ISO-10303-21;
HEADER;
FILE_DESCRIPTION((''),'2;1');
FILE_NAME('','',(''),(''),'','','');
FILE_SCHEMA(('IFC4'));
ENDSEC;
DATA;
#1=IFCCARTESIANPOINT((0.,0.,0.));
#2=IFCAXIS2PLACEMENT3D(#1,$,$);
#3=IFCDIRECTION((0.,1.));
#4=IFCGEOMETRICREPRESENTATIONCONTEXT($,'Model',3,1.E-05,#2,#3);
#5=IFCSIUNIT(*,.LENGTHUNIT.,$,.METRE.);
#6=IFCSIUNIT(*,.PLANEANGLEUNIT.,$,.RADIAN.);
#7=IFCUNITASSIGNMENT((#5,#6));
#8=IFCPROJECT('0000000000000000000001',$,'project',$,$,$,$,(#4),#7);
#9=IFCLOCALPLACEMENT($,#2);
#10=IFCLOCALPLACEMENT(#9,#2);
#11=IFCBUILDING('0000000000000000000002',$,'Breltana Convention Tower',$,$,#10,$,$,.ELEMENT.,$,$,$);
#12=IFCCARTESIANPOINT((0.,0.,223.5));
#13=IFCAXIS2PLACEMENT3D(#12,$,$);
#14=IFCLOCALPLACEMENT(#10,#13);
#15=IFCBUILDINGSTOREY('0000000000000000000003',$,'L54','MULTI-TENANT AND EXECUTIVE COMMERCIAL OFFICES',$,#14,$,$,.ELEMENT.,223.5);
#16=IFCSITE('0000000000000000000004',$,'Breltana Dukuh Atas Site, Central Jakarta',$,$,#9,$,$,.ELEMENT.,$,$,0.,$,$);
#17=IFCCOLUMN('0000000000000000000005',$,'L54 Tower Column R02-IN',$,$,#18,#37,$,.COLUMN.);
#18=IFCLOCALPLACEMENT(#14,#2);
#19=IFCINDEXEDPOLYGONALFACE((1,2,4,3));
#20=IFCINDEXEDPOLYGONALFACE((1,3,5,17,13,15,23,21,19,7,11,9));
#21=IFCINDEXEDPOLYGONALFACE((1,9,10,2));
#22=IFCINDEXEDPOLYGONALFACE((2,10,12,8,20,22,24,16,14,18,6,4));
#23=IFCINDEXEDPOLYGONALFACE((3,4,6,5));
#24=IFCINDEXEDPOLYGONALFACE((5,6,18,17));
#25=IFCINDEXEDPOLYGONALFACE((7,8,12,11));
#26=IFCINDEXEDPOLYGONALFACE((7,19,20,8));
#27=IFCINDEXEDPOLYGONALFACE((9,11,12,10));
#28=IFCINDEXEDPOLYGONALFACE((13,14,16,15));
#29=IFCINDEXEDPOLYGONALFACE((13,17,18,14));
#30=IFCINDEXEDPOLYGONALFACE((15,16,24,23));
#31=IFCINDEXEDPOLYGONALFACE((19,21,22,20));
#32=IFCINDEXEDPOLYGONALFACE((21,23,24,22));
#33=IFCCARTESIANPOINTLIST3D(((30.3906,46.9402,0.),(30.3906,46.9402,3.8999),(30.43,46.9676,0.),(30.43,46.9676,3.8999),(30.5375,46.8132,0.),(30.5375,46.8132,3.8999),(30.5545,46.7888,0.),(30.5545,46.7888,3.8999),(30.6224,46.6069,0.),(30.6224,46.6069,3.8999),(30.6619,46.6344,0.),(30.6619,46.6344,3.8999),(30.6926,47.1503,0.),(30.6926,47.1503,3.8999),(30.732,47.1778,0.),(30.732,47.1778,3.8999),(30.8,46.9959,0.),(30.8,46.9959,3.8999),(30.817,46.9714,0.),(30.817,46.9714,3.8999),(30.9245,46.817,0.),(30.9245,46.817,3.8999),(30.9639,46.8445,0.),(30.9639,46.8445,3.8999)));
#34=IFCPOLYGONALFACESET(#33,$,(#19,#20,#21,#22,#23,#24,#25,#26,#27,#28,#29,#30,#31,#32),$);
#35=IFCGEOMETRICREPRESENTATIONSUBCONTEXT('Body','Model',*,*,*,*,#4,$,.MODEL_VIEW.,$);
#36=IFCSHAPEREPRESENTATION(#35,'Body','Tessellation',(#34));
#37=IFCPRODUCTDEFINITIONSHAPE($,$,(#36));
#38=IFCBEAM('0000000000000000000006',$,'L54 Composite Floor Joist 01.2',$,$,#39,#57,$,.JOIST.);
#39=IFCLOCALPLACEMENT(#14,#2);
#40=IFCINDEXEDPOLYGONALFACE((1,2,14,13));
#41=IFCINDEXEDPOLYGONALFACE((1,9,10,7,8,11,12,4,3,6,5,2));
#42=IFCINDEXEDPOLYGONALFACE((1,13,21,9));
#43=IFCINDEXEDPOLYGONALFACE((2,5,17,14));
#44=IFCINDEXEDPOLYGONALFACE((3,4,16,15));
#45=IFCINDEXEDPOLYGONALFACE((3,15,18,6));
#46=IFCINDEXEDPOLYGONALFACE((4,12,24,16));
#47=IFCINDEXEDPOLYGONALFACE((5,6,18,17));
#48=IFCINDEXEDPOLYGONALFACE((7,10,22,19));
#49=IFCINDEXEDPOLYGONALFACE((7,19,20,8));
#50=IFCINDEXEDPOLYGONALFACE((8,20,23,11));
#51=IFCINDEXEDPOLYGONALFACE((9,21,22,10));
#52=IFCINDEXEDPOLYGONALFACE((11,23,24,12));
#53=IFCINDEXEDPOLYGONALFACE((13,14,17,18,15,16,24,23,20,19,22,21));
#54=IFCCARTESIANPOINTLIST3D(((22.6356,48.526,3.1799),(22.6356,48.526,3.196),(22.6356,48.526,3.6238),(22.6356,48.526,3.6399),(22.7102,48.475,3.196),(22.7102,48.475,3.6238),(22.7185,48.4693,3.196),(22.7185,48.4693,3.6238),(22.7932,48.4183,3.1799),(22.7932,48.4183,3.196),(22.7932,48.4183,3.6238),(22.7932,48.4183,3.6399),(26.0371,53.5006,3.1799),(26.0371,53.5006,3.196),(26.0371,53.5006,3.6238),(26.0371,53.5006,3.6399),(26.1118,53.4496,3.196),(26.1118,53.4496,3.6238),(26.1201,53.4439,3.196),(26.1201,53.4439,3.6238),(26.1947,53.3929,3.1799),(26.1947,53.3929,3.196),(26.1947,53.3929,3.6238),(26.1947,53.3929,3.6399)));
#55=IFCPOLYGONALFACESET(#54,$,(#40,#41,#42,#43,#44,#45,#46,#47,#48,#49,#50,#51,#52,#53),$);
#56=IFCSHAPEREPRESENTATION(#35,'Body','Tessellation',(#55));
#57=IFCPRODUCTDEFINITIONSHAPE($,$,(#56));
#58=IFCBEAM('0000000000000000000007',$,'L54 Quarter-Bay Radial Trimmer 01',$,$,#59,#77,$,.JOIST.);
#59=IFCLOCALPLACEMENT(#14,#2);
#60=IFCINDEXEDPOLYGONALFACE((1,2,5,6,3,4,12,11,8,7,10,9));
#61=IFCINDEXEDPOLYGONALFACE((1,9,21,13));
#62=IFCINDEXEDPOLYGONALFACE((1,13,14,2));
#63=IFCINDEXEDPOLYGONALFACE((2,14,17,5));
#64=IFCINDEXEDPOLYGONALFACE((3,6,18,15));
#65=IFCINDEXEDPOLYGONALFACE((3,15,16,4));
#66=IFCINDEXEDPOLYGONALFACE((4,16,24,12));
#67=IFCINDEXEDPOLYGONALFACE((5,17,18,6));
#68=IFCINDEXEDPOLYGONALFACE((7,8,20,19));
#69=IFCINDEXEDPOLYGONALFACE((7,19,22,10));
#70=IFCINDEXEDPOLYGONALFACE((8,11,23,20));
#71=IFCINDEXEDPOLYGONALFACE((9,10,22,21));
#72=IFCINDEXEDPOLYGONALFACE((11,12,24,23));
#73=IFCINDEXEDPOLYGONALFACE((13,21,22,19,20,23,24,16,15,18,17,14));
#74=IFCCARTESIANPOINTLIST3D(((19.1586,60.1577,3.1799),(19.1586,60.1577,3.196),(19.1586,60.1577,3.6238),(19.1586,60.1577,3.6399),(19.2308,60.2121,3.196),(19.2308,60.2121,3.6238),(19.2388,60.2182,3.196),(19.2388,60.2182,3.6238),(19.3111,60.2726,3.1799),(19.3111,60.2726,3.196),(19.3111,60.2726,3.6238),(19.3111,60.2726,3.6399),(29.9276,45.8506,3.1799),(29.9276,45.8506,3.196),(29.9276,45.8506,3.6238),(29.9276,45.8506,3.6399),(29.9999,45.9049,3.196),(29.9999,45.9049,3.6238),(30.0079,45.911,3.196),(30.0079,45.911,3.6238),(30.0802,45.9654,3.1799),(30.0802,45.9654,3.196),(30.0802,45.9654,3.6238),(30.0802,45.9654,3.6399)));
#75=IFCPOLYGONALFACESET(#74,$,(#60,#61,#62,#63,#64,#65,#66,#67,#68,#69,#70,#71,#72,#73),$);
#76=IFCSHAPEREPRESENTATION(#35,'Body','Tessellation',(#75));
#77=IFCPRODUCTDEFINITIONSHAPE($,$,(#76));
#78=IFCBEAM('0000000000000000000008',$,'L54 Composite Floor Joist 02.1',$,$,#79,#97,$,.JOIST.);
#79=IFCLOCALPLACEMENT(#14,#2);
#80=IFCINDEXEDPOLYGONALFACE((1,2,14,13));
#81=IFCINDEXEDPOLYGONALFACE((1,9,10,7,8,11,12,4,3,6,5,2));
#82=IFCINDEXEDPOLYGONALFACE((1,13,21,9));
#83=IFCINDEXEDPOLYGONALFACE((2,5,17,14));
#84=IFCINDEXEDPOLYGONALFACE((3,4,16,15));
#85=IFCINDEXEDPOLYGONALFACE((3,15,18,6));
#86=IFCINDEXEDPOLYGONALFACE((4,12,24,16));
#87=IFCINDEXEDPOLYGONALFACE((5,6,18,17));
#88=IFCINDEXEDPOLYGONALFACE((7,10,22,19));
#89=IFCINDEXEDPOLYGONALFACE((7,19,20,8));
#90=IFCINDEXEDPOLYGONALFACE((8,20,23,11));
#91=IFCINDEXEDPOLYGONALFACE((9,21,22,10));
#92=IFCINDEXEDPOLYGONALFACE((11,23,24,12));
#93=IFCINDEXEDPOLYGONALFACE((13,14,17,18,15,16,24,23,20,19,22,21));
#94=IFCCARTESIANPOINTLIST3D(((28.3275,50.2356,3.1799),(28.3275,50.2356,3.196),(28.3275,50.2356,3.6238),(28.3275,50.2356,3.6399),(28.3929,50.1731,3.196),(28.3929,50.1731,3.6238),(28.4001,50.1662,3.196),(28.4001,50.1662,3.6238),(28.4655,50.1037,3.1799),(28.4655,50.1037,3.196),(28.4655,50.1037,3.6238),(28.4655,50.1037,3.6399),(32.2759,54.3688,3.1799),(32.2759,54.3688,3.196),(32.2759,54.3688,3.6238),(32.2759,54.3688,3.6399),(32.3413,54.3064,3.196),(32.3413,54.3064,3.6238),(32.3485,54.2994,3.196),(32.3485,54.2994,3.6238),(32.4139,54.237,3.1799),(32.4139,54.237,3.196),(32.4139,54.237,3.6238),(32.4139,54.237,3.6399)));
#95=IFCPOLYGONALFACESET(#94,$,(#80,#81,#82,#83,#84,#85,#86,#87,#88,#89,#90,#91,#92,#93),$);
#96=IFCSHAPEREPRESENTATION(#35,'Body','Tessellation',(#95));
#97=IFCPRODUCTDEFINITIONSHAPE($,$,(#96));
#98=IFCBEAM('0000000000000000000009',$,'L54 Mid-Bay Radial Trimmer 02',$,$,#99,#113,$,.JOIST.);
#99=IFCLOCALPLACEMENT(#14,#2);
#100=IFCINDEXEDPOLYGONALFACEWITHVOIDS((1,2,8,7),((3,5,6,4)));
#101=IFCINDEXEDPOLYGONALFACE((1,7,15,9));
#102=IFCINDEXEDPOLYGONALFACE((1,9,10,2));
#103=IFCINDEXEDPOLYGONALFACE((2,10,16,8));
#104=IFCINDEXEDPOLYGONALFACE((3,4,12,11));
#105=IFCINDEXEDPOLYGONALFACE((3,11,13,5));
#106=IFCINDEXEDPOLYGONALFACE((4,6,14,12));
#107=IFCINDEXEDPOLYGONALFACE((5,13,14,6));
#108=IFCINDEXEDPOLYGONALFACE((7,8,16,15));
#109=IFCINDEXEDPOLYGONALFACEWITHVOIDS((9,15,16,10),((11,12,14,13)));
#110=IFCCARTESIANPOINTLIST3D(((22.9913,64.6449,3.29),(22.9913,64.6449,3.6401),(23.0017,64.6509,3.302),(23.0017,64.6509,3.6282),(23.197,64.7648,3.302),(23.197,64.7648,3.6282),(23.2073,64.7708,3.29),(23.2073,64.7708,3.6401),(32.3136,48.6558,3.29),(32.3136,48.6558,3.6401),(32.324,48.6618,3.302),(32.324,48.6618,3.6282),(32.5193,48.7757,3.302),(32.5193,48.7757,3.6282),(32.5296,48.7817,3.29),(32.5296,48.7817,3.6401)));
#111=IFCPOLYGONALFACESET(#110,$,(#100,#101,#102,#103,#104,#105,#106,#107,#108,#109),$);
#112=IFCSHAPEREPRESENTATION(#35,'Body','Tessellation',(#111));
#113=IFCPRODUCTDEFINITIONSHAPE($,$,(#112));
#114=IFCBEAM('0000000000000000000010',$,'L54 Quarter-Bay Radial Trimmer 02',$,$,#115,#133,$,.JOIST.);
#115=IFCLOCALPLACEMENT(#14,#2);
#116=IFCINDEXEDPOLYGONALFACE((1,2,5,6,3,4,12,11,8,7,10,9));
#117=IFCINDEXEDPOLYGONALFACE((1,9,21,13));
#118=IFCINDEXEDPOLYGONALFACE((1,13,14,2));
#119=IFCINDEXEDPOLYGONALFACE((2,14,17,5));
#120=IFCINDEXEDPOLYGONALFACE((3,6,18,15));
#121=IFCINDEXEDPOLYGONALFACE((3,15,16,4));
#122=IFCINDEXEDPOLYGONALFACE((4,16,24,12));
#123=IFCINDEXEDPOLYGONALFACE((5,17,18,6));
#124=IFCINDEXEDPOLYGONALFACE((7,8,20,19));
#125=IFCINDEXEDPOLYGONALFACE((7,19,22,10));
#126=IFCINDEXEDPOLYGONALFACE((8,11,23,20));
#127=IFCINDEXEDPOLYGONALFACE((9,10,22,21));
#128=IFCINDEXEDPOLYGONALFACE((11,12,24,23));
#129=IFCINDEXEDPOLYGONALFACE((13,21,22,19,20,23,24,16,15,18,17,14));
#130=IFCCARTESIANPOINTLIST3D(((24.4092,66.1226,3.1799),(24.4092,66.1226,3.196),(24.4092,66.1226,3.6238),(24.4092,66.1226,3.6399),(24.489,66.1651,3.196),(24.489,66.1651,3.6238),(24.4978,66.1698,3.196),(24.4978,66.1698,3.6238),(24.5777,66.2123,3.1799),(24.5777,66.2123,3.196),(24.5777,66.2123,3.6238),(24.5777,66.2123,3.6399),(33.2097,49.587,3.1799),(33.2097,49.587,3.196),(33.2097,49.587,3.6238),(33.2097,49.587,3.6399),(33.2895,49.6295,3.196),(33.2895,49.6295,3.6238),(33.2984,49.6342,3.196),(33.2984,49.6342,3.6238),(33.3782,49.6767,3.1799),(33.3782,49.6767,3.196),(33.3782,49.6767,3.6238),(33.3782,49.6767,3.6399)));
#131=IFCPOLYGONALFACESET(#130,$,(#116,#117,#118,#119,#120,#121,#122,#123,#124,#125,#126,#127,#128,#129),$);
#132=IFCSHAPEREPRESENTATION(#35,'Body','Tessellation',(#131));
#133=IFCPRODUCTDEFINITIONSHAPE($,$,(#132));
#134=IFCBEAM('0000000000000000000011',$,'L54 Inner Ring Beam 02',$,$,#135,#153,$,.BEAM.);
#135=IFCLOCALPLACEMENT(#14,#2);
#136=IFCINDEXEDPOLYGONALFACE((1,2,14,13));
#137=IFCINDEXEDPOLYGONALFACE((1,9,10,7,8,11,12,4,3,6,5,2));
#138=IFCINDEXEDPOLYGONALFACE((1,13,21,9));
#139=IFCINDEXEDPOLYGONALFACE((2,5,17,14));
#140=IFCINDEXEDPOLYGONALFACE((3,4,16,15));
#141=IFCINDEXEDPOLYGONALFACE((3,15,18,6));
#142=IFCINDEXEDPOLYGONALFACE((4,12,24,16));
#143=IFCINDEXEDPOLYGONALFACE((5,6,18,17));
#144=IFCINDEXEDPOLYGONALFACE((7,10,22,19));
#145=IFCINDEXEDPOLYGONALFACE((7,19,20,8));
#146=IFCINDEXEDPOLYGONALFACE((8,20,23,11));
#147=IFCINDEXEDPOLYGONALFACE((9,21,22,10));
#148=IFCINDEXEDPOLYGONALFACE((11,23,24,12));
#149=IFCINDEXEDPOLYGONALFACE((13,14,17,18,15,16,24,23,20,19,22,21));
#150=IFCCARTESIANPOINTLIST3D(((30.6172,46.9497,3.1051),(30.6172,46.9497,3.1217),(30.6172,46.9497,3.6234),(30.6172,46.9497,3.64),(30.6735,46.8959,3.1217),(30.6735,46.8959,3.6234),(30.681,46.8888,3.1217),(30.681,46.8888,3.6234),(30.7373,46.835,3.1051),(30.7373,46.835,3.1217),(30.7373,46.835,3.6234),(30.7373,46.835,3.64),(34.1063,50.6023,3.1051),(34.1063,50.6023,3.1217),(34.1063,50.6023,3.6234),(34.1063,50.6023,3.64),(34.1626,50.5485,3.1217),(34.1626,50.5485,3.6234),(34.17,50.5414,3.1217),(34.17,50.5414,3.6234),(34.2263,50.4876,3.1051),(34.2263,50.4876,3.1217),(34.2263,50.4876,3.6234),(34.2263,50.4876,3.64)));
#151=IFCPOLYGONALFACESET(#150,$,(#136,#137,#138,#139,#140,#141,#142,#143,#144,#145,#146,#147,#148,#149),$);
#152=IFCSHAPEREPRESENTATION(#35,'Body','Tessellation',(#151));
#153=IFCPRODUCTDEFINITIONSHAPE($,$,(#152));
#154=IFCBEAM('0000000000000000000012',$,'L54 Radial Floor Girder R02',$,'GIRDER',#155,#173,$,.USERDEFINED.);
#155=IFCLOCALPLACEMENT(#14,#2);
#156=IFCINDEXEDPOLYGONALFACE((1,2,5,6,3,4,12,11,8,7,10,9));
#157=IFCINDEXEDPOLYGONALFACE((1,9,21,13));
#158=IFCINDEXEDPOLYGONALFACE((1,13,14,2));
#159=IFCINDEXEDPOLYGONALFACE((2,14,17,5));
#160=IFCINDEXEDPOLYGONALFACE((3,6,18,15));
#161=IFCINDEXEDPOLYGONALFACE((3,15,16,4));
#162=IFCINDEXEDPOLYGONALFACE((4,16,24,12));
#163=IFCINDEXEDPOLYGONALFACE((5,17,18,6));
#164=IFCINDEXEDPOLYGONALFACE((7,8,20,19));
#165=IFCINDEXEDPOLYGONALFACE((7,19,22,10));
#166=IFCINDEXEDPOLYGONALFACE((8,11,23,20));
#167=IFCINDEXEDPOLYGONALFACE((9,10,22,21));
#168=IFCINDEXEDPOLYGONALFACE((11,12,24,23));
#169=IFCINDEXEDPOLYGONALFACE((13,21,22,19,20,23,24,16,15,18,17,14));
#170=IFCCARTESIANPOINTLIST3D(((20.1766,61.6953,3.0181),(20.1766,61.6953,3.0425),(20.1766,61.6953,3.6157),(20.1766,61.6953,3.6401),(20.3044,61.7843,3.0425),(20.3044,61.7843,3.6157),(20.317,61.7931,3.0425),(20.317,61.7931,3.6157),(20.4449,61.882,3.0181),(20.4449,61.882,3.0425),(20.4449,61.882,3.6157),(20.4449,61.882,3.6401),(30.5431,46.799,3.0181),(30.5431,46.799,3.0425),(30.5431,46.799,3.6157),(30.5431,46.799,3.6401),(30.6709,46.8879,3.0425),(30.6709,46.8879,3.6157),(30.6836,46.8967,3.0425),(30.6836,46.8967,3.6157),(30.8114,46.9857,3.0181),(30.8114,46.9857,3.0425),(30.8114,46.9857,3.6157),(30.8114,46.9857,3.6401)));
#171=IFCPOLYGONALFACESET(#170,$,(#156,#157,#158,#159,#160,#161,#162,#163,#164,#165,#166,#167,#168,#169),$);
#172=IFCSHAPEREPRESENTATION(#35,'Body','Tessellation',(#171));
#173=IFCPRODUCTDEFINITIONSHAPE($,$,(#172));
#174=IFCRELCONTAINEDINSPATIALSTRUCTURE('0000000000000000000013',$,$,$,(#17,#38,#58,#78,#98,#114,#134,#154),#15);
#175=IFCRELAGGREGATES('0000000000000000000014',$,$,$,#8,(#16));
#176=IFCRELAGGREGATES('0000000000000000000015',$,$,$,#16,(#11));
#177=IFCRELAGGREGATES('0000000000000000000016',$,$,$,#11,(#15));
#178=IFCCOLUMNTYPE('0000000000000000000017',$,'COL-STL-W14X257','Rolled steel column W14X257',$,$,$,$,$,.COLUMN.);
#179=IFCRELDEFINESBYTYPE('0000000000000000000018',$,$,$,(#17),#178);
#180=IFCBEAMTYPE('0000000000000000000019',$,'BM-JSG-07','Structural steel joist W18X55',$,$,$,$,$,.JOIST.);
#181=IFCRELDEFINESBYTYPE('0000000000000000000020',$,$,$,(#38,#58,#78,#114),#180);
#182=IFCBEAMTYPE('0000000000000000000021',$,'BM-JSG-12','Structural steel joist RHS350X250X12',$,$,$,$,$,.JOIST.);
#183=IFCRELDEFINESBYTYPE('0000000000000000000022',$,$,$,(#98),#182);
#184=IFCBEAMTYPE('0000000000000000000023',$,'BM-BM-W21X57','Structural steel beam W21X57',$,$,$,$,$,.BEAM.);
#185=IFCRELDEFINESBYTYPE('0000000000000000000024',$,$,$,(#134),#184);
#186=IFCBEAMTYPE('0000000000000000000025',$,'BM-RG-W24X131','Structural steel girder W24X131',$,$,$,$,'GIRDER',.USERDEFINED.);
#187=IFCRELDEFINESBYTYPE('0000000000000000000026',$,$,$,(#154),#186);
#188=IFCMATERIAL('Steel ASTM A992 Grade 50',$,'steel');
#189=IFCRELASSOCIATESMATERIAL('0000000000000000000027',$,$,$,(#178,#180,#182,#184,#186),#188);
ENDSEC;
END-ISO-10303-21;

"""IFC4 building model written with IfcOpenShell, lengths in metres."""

from ifc_helpers import new_model, si_unit, direction, frame, origin, origin_2d, place, context, subcontext, project, spatial, hollow_rectangle, i_section, extrude, source, transform, mapped, material, material_profile, profile_set, type_object, element, save


model = new_model("IFC4")

# Units and contexts
model_context = context("Model", 3, precision=1e-05, world=origin(), true_north=direction((0.0, 1.0)))
body_context = subcontext(model_context, "Body", "Model", "MODEL_VIEW")
ifc_project = project(units=[si_unit("LENGTHUNIT", "METRE"), si_unit("PLANEANGLEUNIT", "RADIAN")], contexts=[model_context])

# Site, building, storey
site_placement = place(None, origin())
site = spatial("IfcSite", under=ifc_project, at=site_placement, Name="Breltana Dukuh Atas Site, Central Jakarta", CompositionType="ELEMENT", RefElevation=0.0)
building_placement = place(site_placement, origin())
building = spatial("IfcBuilding", under=site, at=building_placement, Name="Breltana Convention Tower", CompositionType="ELEMENT")
storey_placement = place(building_placement, frame((0.0, 0.0, 223.5)))
storey = spatial("IfcBuildingStorey", under=building, at=storey_placement, Name="L54", Description="MULTI-TENANT AND EXECUTIVE COMMERCIAL OFFICES", CompositionType="ELEMENT", Elevation=223.5)

# Column
ifc_material_1 = material(Name="Steel ASTM A992 Grade 50", Category="steel")
ifc_material_profile_1 = material_profile(ifc_material_1, i_section(OverallWidth=0.406, OverallDepth=0.416, WebThickness=0.0298, FlangeThickness=0.0481, at=origin_2d()), Name="W14X257")
ifc_profile_set_1 = profile_set([ifc_material_profile_1], Name="Steel ASTM A992 Grade 50")
column_type = type_object("IfcColumnType", Name="COL-STL-W14X257", Description="Rolled steel column W14X257", PredefinedType="COLUMN", material=ifc_profile_set_1)
shared_shape_1 = source(origin(), body_context, "Body", "SweptSolid", [
    extrude(i_section(OverallWidth=0.406, OverallDepth=0.416, WebThickness=0.0298, FlangeThickness=0.0481, at=origin_2d()), origin(), (0.0, 0.0, 1.0), 3.8999),
])
column_placement = place(storey_placement, frame((30.6772, 46.8923, 0.0), z_axis=(0.0, 0.0, 1.0), x_axis=(-0.571143, 0.82085, 0.0)))
element("IfcColumn", 1, at=column_placement, inside=storey, type_object=column_type, Name="L54 Tower Column R02-IN", PredefinedType="COLUMN", context=body_context, shape_type="MappedRepresentation", body=[
    mapped(shared_shape_1, transform((0.0, 0.0, 0.0), scale=1.0)),
])

# Beams
ifc_material_profile_2 = material_profile(ifc_material_1, i_section(OverallWidth=0.1909, OverallDepth=0.46, WebThickness=0.01, FlangeThickness=0.0161, at=origin_2d()), Name="W18X55")
ifc_profile_set_2 = profile_set([ifc_material_profile_2], Name="Steel ASTM A992 Grade 50")
beam_type_1 = type_object("IfcBeamType", Name="BM-JSG-07", Description="Structural steel joist W18X55", PredefinedType="JOIST", material=ifc_profile_set_2)
shared_shape_2 = source(origin(), body_context, "Body", "SweptSolid", [
    extrude(i_section(OverallWidth=0.1909, OverallDepth=0.46, WebThickness=0.01, FlangeThickness=0.0161, at=origin_2d()), origin(), (0.0, 0.0, 1.0), 6.0264),
])
beam_1_placement = place(storey_placement, frame((22.7144, 48.4722, 3.4099), z_axis=(0.56445, 0.825467, 0.0), x_axis=(-0.825467, 0.56445, 0.0)))
element("IfcBeam", 2, at=beam_1_placement, inside=storey, type_object=beam_type_1, Name="L54 Composite Floor Joist 01.2", PredefinedType="JOIST", context=body_context, shape_type="MappedRepresentation", body=[
    mapped(shared_shape_2, transform((0.0, 0.0, 0.0), scale=1.0)),
])
shared_shape_3 = source(origin(), body_context, "Body", "SweptSolid", [
    extrude(i_section(OverallWidth=0.1909, OverallDepth=0.46, WebThickness=0.01, FlangeThickness=0.0161, at=origin_2d()), origin(), (0.0, 0.0, 1.0), 17.9072),
])
beam_2_placement = place(storey_placement, frame((30.0039, 45.908, 3.4099), z_axis=(-0.601382, 0.798962, 0.0), x_axis=(-0.798962, -0.601382, 0.0)))
element("IfcBeam", 3, at=beam_2_placement, inside=storey, type_object=beam_type_1, Name="L54 Quarter-Bay Radial Trimmer 01", PredefinedType="JOIST", context=body_context, shape_type="MappedRepresentation", body=[
    mapped(shared_shape_3, transform((0.0, 0.0, 0.0), scale=1.0)),
])
shared_shape_4 = source(origin(), body_context, "Body", "SweptSolid", [
    extrude(i_section(OverallWidth=0.1909, OverallDepth=0.46, WebThickness=0.01, FlangeThickness=0.0161, at=origin_2d()), origin(), (0.0, 0.0, 1.0), 5.7161),
])
beam_3_placement = place(storey_placement, frame((28.3965, 50.1697, 3.4099), z_axis=(0.690756, 0.723088, 0.0), x_axis=(-0.723088, 0.690756, 0.0)))
element("IfcBeam", 4, at=beam_3_placement, inside=storey, type_object=beam_type_1, Name="L54 Composite Floor Joist 02.1", PredefinedType="JOIST", context=body_context, shape_type="MappedRepresentation", body=[
    mapped(shared_shape_4, transform((0.0, 0.0, 0.0), scale=1.0)),
])
ifc_material_profile_3 = material_profile(ifc_material_1, hollow_rectangle(XDim=0.25, YDim=0.3501, WallThickness=0.012, at=origin_2d()), Name="RHS350X250X12")
ifc_profile_set_3 = profile_set([ifc_material_profile_3], Name="Steel ASTM A992 Grade 50")
beam_type_2 = type_object("IfcBeamType", Name="BM-JSG-12", Description="Structural steel joist RHS350X250X12", PredefinedType="JOIST", material=ifc_profile_set_3)
shared_shape_5 = source(origin(), body_context, "Body", "SweptSolid", [
    extrude(hollow_rectangle(XDim=0.25, YDim=0.3501, WallThickness=0.012, at=origin_2d()), origin(), (0.0, 0.0, 1.0), 18.5083),
])
beam_4_placement = place(storey_placement, frame((32.4216, 48.7188, 3.4651), z_axis=(-0.503683, 0.863888, 0.0), x_axis=(-0.863888, -0.503683, 0.0)))
element("IfcBeam", 5, at=beam_4_placement, inside=storey, type_object=beam_type_2, Name="L54 Mid-Bay Radial Trimmer 02", PredefinedType="JOIST", context=body_context, shape_type="MappedRepresentation", body=[
    mapped(shared_shape_5, transform((0.0, 0.0, 0.0), scale=1.0)),
])
shared_shape_6 = source(origin(), body_context, "Body", "SweptSolid", [
    extrude(i_section(OverallWidth=0.1909, OverallDepth=0.46, WebThickness=0.01, FlangeThickness=0.0161, at=origin_2d()), origin(), (0.0, 0.0, 1.0), 18.7317),
])
beam_5_placement = place(storey_placement, frame((33.2939, 49.6318, 3.4099), z_axis=(-0.46982, 0.882762, 0.0), x_axis=(-0.882762, -0.46982, 0.0)))
element("IfcBeam", 6, at=beam_5_placement, inside=storey, type_object=beam_type_1, Name="L54 Quarter-Bay Radial Trimmer 02", PredefinedType="JOIST", context=body_context, shape_type="MappedRepresentation", body=[
    mapped(shared_shape_6, transform((0.0, 0.0, 0.0), scale=1.0)),
])
ifc_material_profile_4 = material_profile(ifc_material_1, i_section(OverallWidth=0.166, OverallDepth=0.5349, WebThickness=0.0103, FlangeThickness=0.0166, at=origin_2d()), Name="W21X57")
ifc_profile_set_4 = profile_set([ifc_material_profile_4], Name="Steel ASTM A992 Grade 50")
beam_type_3 = type_object("IfcBeamType", Name="BM-BM-W21X57", Description="Structural steel beam W21X57", PredefinedType="BEAM", material=ifc_profile_set_4)
shared_shape_7 = source(origin(), body_context, "Body", "SweptSolid", [
    extrude(i_section(OverallWidth=0.166, OverallDepth=0.5349, WebThickness=0.0103, FlangeThickness=0.0166, at=origin_2d()), origin(), (0.0, 0.0, 1.0), 5.0513),
])
beam_6_placement = place(storey_placement, frame((30.6772, 46.8923, 3.3726), z_axis=(0.69073, 0.723113, 0.0), x_axis=(-0.723113, 0.69073, 0.0)))
element("IfcBeam", 7, at=beam_6_placement, inside=storey, type_object=beam_type_3, Name="L54 Inner Ring Beam 02", PredefinedType="BEAM", context=body_context, shape_type="MappedRepresentation", body=[
    mapped(shared_shape_7, transform((0.0, 0.0, 0.0), scale=1.0)),
])
ifc_material_profile_5 = material_profile(ifc_material_1, i_section(OverallWidth=0.3269, OverallDepth=0.6221, WebThickness=0.0154, FlangeThickness=0.0244, at=origin_2d()), Name="W24X131")
ifc_profile_set_5 = profile_set([ifc_material_profile_5], Name="Steel ASTM A992 Grade 50")
beam_type_4 = type_object("IfcBeamType", Name="BM-RG-W24X131", Description="Structural steel girder W24X131", ElementType="GIRDER", PredefinedType="USERDEFINED", material=ifc_profile_set_5)
shared_shape_8 = source(origin(), body_context, "Body", "SweptSolid", [
    extrude(i_section(OverallWidth=0.3269, OverallDepth=0.6221, WebThickness=0.0154, FlangeThickness=0.0244, at=origin_2d()), origin(), (0.0, 0.0, 1.0), 18.1484),
])
beam_7_placement = place(storey_placement, frame((30.6772, 46.8923, 3.3291), z_axis=(-0.571208, 0.820806, 0.0), x_axis=(-0.820806, -0.571208, 0.0)))
element("IfcBeam", 8, at=beam_7_placement, inside=storey, type_object=beam_type_4, Name="L54 Radial Floor Girder R02", ObjectType="GIRDER", PredefinedType="USERDEFINED", context=body_context, shape_type="MappedRepresentation", body=[
    mapped(shared_shape_8, transform((0.0, 0.0, 0.0), scale=1.0)),
])

save(model, "model.ifc")
